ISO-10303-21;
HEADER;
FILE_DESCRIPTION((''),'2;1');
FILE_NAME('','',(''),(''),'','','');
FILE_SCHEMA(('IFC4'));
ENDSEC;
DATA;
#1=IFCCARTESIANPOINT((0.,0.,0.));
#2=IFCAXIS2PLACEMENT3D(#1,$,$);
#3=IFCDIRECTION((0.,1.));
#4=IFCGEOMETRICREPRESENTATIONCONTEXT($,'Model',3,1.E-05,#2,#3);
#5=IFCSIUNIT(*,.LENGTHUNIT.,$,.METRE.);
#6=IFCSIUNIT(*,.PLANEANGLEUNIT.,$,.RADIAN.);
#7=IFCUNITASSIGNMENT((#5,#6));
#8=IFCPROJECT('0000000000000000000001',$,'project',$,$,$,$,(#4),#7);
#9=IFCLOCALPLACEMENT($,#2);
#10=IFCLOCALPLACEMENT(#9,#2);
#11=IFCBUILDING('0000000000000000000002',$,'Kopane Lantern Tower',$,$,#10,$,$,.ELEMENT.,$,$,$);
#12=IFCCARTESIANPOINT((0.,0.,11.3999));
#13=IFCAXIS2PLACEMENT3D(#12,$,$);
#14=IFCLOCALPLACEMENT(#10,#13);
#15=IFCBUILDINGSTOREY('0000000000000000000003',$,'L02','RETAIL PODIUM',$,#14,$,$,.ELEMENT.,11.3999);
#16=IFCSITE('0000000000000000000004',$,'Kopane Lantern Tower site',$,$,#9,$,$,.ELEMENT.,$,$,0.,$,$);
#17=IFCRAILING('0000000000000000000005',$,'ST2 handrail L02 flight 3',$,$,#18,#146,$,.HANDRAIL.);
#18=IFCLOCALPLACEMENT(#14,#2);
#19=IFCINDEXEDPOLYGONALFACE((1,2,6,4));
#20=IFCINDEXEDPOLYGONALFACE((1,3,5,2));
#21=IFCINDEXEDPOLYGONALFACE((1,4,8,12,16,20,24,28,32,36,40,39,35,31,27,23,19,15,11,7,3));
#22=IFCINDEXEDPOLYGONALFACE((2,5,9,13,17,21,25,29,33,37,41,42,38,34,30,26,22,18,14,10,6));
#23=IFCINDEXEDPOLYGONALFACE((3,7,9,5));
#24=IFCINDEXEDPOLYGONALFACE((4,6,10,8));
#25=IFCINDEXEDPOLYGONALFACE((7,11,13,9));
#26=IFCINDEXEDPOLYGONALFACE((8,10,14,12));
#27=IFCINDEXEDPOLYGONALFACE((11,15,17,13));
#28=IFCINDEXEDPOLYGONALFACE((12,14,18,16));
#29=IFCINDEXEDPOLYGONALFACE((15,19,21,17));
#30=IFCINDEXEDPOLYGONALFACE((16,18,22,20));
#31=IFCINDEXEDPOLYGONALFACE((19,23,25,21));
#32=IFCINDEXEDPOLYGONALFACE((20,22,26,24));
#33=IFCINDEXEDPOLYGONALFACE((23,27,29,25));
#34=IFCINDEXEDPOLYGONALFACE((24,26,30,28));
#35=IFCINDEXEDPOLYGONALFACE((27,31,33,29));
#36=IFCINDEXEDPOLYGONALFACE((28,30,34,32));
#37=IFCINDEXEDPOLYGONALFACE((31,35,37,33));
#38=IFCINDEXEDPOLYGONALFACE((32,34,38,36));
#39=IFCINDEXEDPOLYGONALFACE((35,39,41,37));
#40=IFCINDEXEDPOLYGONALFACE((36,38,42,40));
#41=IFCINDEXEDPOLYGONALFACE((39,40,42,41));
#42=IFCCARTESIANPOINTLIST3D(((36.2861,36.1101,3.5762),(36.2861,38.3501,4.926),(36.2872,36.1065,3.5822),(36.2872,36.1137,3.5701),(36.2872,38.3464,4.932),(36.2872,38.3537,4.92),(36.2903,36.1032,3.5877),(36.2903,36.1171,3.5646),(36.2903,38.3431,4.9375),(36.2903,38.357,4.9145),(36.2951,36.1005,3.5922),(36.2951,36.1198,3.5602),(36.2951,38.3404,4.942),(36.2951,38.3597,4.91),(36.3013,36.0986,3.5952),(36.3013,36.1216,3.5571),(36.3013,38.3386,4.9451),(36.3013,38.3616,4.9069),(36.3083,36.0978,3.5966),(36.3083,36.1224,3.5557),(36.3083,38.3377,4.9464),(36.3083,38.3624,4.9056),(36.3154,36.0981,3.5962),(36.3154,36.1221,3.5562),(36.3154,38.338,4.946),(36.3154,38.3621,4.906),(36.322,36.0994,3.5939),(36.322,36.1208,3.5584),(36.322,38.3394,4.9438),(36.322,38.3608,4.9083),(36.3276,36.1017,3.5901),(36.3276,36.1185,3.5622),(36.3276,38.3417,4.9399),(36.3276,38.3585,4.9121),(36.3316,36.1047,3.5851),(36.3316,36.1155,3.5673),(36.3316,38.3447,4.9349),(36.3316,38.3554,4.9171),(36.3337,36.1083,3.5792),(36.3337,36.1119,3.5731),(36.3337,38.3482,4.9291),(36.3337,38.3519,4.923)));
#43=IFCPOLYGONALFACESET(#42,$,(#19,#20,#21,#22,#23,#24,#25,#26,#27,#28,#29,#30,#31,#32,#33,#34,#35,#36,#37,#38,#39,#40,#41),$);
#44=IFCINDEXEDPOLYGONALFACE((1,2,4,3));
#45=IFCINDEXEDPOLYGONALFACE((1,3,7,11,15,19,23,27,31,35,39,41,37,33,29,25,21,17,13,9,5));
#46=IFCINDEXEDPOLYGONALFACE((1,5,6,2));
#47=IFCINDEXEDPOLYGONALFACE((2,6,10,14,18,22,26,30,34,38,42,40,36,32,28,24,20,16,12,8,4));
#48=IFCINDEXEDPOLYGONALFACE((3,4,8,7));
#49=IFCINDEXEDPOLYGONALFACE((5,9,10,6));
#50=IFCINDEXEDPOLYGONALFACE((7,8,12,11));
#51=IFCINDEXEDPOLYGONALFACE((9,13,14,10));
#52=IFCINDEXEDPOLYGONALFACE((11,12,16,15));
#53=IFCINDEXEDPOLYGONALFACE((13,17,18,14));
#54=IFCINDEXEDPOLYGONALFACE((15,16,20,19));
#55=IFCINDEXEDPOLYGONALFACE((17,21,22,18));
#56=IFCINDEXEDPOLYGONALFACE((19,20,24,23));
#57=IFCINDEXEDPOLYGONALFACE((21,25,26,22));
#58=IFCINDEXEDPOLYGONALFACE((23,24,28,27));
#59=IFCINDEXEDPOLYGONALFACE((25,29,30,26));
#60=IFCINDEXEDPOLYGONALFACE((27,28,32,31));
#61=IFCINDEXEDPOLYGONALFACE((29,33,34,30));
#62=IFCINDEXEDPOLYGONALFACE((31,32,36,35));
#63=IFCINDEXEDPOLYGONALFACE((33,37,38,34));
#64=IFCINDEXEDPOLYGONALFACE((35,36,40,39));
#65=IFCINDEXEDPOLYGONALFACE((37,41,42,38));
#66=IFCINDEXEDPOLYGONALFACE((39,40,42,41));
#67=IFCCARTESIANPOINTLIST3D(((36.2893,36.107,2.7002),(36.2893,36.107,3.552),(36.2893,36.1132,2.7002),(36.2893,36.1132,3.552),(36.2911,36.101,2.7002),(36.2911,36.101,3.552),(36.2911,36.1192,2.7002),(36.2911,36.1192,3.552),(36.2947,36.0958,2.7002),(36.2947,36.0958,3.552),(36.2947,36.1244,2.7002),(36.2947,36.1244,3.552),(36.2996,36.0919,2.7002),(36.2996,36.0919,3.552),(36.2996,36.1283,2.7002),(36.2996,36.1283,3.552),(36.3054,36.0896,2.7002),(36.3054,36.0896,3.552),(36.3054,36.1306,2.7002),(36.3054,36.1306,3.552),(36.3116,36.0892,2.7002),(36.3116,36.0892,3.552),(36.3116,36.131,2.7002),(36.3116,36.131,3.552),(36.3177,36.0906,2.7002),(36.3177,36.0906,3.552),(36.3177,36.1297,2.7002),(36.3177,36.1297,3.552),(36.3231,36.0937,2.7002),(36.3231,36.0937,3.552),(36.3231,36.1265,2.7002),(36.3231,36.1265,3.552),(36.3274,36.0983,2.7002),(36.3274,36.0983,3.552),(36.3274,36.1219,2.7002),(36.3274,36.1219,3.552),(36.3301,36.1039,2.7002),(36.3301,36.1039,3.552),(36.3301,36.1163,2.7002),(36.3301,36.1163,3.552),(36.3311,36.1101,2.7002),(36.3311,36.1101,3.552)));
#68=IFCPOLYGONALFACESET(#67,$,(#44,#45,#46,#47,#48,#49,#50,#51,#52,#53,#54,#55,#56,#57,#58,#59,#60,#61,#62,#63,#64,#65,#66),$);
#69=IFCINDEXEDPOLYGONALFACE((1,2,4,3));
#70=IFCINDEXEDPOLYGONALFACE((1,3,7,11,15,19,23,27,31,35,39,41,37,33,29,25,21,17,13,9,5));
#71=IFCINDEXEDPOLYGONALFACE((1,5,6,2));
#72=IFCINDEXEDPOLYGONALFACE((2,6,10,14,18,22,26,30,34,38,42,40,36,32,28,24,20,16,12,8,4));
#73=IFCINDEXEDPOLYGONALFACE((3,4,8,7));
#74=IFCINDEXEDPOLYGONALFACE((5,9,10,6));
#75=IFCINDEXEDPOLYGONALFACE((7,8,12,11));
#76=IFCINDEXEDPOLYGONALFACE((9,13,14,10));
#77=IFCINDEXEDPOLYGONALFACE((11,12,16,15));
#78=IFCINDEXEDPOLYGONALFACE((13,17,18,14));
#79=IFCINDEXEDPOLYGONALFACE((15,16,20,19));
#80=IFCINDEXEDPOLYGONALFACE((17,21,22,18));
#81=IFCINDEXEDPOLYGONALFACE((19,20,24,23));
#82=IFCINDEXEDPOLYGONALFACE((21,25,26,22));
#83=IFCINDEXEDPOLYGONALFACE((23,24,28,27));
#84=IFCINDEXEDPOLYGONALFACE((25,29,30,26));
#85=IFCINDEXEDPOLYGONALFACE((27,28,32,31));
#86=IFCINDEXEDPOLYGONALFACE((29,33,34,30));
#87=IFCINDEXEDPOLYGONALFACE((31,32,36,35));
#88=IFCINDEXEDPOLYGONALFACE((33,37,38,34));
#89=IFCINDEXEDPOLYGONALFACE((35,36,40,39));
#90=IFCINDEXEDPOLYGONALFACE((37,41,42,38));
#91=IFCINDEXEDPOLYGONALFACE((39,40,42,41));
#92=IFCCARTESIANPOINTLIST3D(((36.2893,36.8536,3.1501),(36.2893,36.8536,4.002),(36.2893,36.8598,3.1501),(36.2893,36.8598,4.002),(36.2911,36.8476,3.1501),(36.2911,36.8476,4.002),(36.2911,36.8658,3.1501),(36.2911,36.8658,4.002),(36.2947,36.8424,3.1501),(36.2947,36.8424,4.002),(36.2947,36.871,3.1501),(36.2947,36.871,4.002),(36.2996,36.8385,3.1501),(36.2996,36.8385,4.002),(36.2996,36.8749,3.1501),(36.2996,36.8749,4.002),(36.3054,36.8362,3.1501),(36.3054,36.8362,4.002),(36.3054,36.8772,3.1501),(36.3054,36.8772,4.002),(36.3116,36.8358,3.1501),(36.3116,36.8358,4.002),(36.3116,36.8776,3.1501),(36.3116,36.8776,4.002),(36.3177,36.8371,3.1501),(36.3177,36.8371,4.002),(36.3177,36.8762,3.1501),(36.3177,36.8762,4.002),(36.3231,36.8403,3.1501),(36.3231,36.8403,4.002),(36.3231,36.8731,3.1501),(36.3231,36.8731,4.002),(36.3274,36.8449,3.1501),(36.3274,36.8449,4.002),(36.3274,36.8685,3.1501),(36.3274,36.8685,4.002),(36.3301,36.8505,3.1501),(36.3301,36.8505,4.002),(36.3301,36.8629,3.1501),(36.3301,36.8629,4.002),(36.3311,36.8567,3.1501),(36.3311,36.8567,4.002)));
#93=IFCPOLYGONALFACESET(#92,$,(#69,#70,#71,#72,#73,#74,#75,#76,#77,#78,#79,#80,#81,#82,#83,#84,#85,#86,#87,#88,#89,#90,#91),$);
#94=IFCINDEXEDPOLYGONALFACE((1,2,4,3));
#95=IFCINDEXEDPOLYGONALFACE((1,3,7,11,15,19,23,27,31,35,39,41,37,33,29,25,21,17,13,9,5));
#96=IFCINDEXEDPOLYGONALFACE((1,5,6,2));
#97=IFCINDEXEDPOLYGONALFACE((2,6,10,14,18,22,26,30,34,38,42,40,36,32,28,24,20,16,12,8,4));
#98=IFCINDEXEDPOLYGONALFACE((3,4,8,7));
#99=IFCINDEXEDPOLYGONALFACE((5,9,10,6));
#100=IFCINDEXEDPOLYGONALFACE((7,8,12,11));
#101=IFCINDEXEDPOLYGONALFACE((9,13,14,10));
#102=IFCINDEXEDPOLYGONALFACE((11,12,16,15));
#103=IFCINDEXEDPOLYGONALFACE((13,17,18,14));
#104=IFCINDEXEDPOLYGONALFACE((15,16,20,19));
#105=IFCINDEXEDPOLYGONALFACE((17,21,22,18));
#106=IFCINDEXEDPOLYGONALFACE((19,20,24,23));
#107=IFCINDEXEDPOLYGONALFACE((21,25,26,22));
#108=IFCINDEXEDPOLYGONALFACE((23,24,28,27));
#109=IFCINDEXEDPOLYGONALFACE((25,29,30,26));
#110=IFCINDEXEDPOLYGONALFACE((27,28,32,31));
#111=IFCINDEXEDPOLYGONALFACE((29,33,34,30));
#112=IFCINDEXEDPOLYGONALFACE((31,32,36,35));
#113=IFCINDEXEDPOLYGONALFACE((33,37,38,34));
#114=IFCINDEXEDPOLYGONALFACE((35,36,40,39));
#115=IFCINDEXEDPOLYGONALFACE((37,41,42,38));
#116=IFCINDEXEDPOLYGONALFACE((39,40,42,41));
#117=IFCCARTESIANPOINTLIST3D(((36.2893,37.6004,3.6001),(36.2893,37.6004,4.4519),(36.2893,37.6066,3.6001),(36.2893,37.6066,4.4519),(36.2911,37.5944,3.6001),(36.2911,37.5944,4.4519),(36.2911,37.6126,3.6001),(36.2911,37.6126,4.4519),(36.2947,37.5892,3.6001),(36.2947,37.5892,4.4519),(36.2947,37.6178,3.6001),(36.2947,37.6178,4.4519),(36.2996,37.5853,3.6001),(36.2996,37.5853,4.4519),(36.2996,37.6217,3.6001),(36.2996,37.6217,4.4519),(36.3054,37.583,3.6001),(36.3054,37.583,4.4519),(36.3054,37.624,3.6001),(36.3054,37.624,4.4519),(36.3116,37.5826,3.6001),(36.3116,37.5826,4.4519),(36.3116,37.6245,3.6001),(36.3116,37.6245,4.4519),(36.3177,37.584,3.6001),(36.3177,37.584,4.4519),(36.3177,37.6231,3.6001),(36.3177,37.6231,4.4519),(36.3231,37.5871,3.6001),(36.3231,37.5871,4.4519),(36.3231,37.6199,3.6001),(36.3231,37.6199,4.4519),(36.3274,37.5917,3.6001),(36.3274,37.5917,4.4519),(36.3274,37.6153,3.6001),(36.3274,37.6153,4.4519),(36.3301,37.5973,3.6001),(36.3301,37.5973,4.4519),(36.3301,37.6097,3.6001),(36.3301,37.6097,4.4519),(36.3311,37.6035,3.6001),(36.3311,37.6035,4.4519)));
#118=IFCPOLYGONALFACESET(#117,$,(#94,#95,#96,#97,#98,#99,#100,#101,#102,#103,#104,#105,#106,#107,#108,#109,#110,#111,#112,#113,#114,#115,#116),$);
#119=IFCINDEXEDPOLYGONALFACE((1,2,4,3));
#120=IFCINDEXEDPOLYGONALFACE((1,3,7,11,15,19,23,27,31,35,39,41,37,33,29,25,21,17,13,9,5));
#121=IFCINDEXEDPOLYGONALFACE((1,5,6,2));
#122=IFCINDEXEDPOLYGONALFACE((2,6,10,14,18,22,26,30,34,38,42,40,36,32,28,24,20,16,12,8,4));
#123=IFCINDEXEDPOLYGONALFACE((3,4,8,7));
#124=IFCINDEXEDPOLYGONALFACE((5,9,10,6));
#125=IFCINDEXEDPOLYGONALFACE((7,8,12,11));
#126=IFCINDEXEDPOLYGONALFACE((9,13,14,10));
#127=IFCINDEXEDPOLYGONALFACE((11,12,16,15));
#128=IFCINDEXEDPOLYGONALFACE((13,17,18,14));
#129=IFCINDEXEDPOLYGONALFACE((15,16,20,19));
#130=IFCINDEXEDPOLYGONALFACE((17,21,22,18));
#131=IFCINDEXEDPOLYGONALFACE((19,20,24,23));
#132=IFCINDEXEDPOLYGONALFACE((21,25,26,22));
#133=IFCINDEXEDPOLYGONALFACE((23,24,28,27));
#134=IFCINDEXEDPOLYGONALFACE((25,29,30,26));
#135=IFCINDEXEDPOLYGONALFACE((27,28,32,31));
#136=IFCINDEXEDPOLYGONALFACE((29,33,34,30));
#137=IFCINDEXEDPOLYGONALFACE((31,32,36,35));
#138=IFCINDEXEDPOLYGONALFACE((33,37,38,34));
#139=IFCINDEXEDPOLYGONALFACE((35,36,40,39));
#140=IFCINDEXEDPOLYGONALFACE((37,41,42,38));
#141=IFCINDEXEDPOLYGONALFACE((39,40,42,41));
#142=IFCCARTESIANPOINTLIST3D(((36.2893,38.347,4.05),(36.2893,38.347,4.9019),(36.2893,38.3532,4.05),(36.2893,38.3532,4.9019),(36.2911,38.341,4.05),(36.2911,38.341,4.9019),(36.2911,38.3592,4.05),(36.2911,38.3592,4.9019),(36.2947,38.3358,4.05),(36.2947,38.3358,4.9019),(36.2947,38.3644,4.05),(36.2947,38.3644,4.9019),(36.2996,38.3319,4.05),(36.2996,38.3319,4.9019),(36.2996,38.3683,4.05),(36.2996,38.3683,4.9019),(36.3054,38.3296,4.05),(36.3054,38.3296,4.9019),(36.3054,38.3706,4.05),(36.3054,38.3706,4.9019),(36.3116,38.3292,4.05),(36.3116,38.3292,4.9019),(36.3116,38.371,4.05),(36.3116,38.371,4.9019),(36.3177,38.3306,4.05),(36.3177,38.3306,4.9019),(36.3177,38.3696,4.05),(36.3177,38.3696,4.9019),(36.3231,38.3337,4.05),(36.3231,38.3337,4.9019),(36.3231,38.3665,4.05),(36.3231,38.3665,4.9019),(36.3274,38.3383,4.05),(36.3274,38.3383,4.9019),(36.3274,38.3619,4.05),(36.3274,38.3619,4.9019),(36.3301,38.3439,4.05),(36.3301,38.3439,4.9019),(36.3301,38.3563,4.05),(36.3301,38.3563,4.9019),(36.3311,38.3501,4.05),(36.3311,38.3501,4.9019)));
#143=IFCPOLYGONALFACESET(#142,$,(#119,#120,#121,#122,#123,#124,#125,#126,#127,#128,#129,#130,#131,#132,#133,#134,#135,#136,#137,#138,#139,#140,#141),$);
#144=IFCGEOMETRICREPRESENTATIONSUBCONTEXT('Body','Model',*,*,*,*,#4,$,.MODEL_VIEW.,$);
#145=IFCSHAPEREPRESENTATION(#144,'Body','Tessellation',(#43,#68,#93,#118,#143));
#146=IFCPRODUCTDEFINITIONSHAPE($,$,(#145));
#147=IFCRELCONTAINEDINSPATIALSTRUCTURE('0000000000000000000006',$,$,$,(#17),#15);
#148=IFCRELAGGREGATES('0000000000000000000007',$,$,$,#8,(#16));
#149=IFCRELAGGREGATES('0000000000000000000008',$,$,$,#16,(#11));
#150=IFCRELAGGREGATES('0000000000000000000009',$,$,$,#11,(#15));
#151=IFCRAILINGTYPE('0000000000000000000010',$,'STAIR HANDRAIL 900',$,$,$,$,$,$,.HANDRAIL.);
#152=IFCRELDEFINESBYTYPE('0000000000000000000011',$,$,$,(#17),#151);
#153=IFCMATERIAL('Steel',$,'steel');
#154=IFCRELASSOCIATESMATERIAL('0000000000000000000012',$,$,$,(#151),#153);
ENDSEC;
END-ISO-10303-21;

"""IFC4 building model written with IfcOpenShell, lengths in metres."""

from ifc_helpers import new_model, si_unit, direction, frame, origin, origin_2d, place, context, subcontext, project, spatial, circle, extrude, material, type_object, element, save


model = new_model("IFC4")

# Units and contexts
model_context = context("Model", 3, precision=1e-05, world=origin(), true_north=direction((0.0, 1.0)))
body_context = subcontext(model_context, "Body", "Model", "MODEL_VIEW")
ifc_project = project(units=[si_unit("LENGTHUNIT", "METRE"), si_unit("PLANEANGLEUNIT", "RADIAN")], contexts=[model_context])

# Site, building, storey
site_placement = place(None, origin())
site = spatial("IfcSite", under=ifc_project, at=site_placement, Name="Kopane Lantern Tower site", CompositionType="ELEMENT", RefElevation=0.0)
building_placement = place(site_placement, origin())
building = spatial("IfcBuilding", under=site, at=building_placement, Name="Kopane Lantern Tower", CompositionType="ELEMENT")
storey_placement = place(building_placement, frame((0.0, 0.0, 11.3999)))
storey = spatial("IfcBuildingStorey", under=building, at=storey_placement, Name="L02", Description="RETAIL PODIUM", CompositionType="ELEMENT", Elevation=11.3999)

# Railing
ifc_material_1 = material(Name="Steel", Category="steel")
railing_type_1 = type_object("IfcRailingType", Name="STAIR HANDRAIL 900", PredefinedType="HANDRAIL", material=ifc_material_1)
for number, where, name in (
    (1, (36.3101, 36.1101, 2.7002), "ST2 handrail L02 flight 3"),
):
    element("IfcRailing", number, at=place(storey_placement, frame(where)), inside=storey, type_object=railing_type_1, Name=name, PredefinedType="HANDRAIL", context=body_context, shape_type="SweptSolid", body=[
        extrude(circle(Radius=0.0239, at=origin_2d()), frame((0.0, 0.0, 0.876), z_axis=(0.0, 0.856503, 0.516142), x_axis=(-1.0, 0.0, 0.0)), (0.0, 0.0, 1.0), 2.6152),
        extrude(circle(Radius=0.021, at=origin_2d()), origin(), (0.0, 0.0, 1.0), 0.8518),
        extrude(circle(Radius=0.021, at=origin_2d()), frame((0.0, 0.7466, 0.45)), (0.0, 0.0, 1.0), 0.8518),
        extrude(circle(Radius=0.021, at=origin_2d()), frame((0.0, 1.4934, 0.8999)), (0.0, 0.0, 1.0), 0.8518),
        extrude(circle(Radius=0.021, at=origin_2d()), frame((0.0, 2.24, 1.3499)), (0.0, 0.0, 1.0), 0.8518),
    ])

save(model, "model.ifc")
